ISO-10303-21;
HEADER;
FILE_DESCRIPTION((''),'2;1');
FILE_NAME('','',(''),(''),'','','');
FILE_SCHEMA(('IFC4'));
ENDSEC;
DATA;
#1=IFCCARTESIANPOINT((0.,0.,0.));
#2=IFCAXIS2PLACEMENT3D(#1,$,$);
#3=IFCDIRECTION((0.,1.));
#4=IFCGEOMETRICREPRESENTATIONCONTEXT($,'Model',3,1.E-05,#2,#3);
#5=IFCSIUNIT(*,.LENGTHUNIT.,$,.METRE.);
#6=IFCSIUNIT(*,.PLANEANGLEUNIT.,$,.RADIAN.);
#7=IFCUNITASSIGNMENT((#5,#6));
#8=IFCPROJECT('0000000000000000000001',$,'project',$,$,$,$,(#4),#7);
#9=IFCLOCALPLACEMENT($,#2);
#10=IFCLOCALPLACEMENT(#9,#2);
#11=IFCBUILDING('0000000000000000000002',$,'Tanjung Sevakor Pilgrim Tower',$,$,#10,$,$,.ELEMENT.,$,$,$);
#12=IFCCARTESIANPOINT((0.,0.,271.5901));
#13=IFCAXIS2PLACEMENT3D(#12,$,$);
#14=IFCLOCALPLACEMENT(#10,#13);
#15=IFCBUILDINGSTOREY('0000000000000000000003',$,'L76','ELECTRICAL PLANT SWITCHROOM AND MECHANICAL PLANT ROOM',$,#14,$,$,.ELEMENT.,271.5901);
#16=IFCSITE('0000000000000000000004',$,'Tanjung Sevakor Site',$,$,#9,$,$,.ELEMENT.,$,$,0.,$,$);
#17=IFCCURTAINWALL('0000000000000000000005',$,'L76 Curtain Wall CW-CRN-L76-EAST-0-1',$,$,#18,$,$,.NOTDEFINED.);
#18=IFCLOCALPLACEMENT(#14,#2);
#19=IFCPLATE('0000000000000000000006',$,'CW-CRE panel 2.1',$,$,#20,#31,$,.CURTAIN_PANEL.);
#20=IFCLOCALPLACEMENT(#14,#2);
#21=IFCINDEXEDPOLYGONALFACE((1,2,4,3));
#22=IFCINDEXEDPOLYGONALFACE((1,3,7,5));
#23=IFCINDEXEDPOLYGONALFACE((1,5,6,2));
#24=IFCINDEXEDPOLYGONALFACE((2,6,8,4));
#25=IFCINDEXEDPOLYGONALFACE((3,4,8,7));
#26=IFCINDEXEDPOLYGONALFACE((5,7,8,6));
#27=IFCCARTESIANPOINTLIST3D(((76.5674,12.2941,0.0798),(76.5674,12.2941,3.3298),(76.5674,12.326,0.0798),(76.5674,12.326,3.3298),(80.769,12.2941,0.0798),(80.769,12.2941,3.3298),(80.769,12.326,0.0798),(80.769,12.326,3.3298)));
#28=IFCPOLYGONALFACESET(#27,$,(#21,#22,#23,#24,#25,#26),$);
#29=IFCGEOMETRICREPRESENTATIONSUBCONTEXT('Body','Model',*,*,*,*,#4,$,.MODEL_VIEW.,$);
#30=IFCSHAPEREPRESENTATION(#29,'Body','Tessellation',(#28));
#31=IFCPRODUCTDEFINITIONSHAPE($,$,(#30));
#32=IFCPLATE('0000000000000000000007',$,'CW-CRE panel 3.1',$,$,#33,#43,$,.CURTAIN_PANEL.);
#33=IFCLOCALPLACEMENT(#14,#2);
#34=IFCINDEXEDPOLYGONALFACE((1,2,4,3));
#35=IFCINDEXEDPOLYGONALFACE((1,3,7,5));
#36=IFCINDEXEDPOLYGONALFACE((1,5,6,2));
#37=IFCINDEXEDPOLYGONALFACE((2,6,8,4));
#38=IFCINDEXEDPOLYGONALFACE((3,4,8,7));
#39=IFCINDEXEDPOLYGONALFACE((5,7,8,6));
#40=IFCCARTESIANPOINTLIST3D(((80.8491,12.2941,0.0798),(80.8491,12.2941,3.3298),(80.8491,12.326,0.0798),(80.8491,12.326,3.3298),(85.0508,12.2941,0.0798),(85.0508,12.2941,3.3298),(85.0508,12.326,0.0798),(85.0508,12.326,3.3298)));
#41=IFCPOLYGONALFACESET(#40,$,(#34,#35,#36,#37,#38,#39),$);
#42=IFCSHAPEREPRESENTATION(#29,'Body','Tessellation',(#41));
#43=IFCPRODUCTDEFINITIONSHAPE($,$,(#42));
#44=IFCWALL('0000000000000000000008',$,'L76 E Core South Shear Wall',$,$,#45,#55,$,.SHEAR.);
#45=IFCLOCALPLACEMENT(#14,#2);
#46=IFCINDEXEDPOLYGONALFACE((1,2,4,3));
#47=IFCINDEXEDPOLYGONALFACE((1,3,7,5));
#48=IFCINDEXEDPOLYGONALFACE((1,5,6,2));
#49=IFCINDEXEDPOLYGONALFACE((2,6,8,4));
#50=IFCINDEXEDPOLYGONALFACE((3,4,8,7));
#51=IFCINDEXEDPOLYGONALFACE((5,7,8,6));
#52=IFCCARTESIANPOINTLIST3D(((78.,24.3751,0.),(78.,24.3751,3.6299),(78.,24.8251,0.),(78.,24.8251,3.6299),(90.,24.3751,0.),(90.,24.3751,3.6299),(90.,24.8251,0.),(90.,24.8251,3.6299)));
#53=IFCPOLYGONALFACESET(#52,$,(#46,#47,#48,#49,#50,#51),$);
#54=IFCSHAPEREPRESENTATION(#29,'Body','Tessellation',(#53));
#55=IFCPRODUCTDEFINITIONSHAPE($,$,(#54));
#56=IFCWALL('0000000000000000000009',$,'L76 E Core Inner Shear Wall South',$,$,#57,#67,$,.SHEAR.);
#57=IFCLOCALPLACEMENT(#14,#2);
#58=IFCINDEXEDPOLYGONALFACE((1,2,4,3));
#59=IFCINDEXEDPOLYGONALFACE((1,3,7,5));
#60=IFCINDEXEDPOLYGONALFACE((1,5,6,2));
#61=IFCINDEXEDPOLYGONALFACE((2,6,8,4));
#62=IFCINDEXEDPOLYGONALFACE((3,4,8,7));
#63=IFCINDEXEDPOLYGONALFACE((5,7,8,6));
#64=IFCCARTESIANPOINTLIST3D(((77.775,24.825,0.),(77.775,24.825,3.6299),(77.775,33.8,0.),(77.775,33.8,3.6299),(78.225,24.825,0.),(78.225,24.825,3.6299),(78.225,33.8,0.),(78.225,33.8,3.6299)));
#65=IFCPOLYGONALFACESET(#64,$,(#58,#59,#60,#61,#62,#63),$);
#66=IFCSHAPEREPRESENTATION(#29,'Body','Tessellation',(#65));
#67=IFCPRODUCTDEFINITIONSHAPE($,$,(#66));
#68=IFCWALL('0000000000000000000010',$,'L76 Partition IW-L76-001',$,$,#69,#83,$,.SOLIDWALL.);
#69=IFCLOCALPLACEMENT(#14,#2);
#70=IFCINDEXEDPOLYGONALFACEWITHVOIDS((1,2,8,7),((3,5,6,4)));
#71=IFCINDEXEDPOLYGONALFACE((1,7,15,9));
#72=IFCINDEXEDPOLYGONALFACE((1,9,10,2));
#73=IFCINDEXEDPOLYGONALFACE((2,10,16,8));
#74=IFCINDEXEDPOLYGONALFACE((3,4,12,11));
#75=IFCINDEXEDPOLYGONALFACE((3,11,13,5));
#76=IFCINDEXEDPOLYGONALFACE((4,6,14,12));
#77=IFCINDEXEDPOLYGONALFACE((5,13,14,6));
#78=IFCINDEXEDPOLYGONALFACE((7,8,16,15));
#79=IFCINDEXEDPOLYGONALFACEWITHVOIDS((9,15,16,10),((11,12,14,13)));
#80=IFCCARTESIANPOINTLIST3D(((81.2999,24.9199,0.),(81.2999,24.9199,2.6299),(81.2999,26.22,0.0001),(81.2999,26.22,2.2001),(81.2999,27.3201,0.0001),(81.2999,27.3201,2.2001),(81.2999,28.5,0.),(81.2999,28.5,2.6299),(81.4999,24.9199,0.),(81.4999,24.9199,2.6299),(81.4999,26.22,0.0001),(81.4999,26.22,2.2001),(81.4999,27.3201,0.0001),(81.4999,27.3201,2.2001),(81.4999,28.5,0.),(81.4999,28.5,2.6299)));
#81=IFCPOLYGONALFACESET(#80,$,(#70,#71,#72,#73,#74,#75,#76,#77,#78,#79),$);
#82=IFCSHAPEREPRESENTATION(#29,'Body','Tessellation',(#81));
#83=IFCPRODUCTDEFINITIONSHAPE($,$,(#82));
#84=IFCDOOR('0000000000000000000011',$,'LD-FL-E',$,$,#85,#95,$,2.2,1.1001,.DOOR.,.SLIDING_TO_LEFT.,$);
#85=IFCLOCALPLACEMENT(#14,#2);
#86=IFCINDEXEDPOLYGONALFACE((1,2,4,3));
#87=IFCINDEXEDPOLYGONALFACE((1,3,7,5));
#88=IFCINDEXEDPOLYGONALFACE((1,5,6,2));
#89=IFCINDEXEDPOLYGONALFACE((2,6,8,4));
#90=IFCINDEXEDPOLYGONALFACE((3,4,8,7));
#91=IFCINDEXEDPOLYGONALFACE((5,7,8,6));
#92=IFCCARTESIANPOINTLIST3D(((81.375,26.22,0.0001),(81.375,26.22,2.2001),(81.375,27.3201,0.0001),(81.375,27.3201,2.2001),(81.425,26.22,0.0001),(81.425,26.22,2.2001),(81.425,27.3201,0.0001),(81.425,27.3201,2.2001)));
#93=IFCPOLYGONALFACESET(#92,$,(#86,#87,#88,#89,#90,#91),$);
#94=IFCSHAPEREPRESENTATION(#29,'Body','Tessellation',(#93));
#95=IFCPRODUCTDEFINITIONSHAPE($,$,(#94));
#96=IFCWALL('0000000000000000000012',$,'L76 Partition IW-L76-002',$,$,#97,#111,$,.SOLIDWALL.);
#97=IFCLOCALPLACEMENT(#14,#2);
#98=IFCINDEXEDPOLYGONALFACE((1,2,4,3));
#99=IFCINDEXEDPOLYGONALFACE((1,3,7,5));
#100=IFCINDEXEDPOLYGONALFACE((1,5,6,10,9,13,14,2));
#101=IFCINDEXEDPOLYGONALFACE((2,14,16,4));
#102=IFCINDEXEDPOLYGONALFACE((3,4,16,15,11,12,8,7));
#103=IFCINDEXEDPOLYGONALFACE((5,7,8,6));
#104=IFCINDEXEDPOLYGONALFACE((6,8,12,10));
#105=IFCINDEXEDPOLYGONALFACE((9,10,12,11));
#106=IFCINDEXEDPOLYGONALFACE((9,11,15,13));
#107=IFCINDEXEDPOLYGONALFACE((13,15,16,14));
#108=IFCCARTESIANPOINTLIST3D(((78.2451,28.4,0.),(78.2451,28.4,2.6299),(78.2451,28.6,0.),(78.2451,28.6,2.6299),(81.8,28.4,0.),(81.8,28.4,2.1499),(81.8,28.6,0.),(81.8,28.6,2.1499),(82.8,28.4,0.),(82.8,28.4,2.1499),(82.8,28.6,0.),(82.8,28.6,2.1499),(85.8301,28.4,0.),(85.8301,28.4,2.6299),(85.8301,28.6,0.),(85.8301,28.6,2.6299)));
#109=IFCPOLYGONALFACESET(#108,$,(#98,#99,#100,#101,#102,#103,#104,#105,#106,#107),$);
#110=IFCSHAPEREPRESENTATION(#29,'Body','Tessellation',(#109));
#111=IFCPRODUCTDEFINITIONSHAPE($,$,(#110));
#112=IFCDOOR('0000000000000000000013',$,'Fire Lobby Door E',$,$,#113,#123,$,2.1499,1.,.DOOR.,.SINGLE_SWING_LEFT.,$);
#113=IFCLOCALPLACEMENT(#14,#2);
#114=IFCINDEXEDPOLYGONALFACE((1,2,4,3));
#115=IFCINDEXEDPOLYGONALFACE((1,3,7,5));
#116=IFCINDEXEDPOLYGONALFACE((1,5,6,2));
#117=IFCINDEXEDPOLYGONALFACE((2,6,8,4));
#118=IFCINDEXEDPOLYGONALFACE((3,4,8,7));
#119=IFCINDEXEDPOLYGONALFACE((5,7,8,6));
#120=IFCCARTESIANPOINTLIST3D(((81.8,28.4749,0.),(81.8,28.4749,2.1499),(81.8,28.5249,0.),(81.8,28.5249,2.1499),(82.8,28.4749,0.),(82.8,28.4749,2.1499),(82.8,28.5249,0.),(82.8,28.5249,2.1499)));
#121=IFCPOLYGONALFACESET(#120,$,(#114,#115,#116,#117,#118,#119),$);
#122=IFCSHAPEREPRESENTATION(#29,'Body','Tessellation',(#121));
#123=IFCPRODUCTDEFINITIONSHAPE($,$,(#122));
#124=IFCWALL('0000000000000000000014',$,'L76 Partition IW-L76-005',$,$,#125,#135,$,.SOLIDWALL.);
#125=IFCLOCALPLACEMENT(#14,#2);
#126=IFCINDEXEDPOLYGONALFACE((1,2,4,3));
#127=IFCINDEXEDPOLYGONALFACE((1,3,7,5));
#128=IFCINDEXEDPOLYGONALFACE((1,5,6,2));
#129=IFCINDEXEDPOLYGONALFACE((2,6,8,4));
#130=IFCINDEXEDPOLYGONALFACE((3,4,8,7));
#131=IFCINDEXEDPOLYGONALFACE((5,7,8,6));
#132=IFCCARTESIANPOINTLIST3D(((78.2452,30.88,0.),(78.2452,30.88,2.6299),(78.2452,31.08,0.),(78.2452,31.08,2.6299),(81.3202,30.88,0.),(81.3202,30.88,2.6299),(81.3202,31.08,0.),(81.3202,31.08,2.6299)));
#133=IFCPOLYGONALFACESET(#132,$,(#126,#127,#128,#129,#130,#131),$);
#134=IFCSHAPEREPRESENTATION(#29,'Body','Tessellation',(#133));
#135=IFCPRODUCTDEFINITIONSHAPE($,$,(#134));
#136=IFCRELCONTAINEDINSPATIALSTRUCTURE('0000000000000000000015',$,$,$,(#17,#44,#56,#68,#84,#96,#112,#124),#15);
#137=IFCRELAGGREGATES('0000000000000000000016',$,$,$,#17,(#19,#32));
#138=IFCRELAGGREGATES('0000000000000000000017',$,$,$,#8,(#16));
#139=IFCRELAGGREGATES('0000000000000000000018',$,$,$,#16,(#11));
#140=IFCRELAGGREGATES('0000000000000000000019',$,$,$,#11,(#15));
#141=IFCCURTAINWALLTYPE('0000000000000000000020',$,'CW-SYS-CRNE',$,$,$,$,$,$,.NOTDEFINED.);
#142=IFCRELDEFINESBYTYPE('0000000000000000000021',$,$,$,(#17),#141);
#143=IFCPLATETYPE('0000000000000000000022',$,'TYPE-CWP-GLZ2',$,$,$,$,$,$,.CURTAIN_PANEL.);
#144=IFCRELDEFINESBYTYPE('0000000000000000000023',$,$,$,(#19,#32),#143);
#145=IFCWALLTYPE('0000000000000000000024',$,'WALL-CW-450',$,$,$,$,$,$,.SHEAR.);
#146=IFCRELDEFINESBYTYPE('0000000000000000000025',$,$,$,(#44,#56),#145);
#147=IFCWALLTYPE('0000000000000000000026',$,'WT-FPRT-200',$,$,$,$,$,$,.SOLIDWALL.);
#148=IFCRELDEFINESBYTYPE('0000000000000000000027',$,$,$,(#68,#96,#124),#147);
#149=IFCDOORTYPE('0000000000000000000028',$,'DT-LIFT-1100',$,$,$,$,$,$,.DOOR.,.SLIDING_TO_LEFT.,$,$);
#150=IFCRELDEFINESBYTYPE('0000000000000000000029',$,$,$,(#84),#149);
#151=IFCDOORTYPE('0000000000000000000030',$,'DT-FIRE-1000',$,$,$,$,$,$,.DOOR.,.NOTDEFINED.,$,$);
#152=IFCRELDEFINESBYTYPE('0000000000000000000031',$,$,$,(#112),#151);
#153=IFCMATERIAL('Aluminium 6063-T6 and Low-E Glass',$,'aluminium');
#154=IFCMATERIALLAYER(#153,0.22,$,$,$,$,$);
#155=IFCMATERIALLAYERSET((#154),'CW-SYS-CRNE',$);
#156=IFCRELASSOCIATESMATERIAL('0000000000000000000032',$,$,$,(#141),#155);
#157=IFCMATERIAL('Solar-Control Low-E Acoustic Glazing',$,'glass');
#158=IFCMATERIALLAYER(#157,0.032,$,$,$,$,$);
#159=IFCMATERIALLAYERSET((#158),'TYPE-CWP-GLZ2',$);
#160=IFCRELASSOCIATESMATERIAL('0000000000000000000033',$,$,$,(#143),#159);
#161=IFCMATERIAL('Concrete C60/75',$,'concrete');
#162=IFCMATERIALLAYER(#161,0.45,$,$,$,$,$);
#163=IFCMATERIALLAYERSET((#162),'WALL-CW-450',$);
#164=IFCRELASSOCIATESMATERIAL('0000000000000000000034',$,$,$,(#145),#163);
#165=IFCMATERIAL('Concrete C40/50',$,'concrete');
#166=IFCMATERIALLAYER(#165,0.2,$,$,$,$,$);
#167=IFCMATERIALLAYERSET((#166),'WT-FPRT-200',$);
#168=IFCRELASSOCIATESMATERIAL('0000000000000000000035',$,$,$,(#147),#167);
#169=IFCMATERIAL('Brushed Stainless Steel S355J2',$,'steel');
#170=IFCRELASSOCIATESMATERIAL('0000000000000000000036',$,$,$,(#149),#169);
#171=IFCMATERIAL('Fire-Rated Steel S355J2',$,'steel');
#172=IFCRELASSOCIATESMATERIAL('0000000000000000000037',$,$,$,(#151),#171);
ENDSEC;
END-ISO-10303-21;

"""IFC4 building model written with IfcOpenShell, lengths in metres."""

from ifc_helpers import new_model, si_unit, direction, frame, frame_2d, origin, origin_2d, place, context, subcontext, project, spatial, rectangle, extrude, material, layer, layer_set, type_object, element, fill, aggregate, save


model = new_model("IFC4")

# Units and contexts
model_context = context("Model", 3, precision=1e-05, world=origin(), true_north=direction((0.0, 1.0)))
body_context = subcontext(model_context, "Body", "Model", "MODEL_VIEW")
ifc_project = project(units=[si_unit("LENGTHUNIT", "METRE"), si_unit("PLANEANGLEUNIT", "RADIAN")], contexts=[model_context])

# Site, building, storey
site_placement = place(None, origin())
site = spatial("IfcSite", under=ifc_project, at=site_placement, Name="Tanjung Sevakor Site", CompositionType="ELEMENT", RefElevation=0.0)
building_placement = place(site_placement, origin())
building = spatial("IfcBuilding", under=site, at=building_placement, Name="Tanjung Sevakor Pilgrim Tower", CompositionType="ELEMENT")
storey_placement = place(building_placement, frame((0.0, 0.0, 271.5901)))
storey = spatial("IfcBuildingStorey", under=building, at=storey_placement, Name="L76", Description="ELECTRICAL PLANT SWITCHROOM AND MECHANICAL PLANT ROOM", CompositionType="ELEMENT", Elevation=271.5901)

# Curtain wall, plates
ifc_material_1 = material(Name="Aluminium 6063-T6 and Low-E Glass", Category="aluminium")
ifc_layer_1 = layer(ifc_material_1, 0.22)
ifc_layer_set_1 = layer_set([ifc_layer_1], Name="CW-SYS-CRNE")
curtain_wall_type = type_object("IfcCurtainWallType", Name="CW-SYS-CRNE", PredefinedType="NOTDEFINED", material=ifc_layer_set_1)
curtain_wall_placement = place(storey_placement, origin())
curtain_wall = element("IfcCurtainWall", 1, at=curtain_wall_placement, inside=storey, type_object=curtain_wall_type, Name="L76 Curtain Wall CW-CRN-L76-EAST-0-1", PredefinedType="NOTDEFINED")
ifc_material_2 = material(Name="Solar-Control Low-E Acoustic Glazing", Category="glass")
ifc_layer_2 = layer(ifc_material_2, 0.032)
ifc_layer_set_2 = layer_set([ifc_layer_2], Name="TYPE-CWP-GLZ2")
plate_type = type_object("IfcPlateType", Name="TYPE-CWP-GLZ2", PredefinedType="CURTAIN_PANEL", material=ifc_layer_set_2)
plate_1_placement = place(storey_placement, frame((78.6682, 12.3101, 0.0798), z_axis=(0.0, 0.0, 1.0), x_axis=(1.0, 0.0, 0.0)))
plate_1 = element("IfcPlate", 2, at=plate_1_placement, type_object=plate_type, Name="CW-CRE panel 2.1", PredefinedType="CURTAIN_PANEL", context=body_context, shape_type="SweptSolid", body=[
    extrude(rectangle(XDim=4.2017, YDim=0.032, at=origin_2d()), origin(), (0.0, 0.0, 1.0), 3.25),
])
plate_2_placement = place(storey_placement, frame((82.95, 12.3101, 0.0798), z_axis=(0.0, 0.0, 1.0), x_axis=(1.0, 0.0, 0.0)))
plate_2 = element("IfcPlate", 3, at=plate_2_placement, type_object=plate_type, Name="CW-CRE panel 3.1", PredefinedType="CURTAIN_PANEL", context=body_context, shape_type="SweptSolid", body=[
    extrude(rectangle(XDim=4.2017, YDim=0.032, at=origin_2d()), origin(), (0.0, 0.0, 1.0), 3.25),
])
aggregate(curtain_wall, [plate_1, plate_2])

# Walls
ifc_material_3 = material(Name="Concrete C60/75", Category="concrete")
ifc_layer_3 = layer(ifc_material_3, 0.45)
ifc_layer_set_3 = layer_set([ifc_layer_3], Name="WALL-CW-450")
wall_type_1 = type_object("IfcWallType", Name="WALL-CW-450", PredefinedType="SHEAR", material=ifc_layer_set_3)
wall_1_placement = place(storey_placement, frame((78.0, 24.6001, 0.0), z_axis=(0.0, 0.0, 1.0), x_axis=(1.0, 0.0, 0.0)))
element("IfcWall", 4, at=wall_1_placement, inside=storey, type_object=wall_type_1, Name="L76 E Core South Shear Wall", PredefinedType="SHEAR", context=body_context, shape_type="SweptSolid", body=[
    extrude(rectangle(XDim=12.0, YDim=0.45, at=frame_2d((6.0, 0.0))), origin(), (0.0, 0.0, 1.0), 3.6299),
])
wall_2_placement = place(storey_placement, frame((78.0, 24.825, 0.0), z_axis=(0.0, 0.0, 1.0), x_axis=(0.0, 1.0, 0.0)))
element("IfcWall", 5, at=wall_2_placement, inside=storey, type_object=wall_type_1, Name="L76 E Core Inner Shear Wall South", PredefinedType="SHEAR", context=body_context, shape_type="SweptSolid", body=[
    extrude(rectangle(XDim=8.9751, YDim=0.45, at=frame_2d((4.4875, 0.0))), origin(), (0.0, 0.0, 1.0), 3.6299),
])

# Walls, openings, doors
ifc_material_4 = material(Name="Concrete C40/50", Category="concrete")
ifc_layer_4 = layer(ifc_material_4, 0.2)
ifc_layer_set_4 = layer_set([ifc_layer_4], Name="WT-FPRT-200")
wall_type_2 = type_object("IfcWallType", Name="WT-FPRT-200", PredefinedType="SOLIDWALL", material=ifc_layer_set_4)
wall_3_placement = place(storey_placement, frame((81.3999, 24.9199, 0.0), z_axis=(0.0, 0.0, 1.0), x_axis=(0.0, 1.0, 0.0)))
wall_3 = element("IfcWall", 6, at=wall_3_placement, inside=storey, type_object=wall_type_2, Name="L76 Partition IW-L76-001", PredefinedType="SOLIDWALL", context=body_context, shape_type="SweptSolid", body=[
    extrude(rectangle(XDim=3.5801, YDim=0.2, at=frame_2d((1.79, 0.0))), origin(), (0.0, 0.0, 1.0), 2.6299),
])
opening_1_placement = place(wall_3_placement, frame((1.3, 0.0, 0.0)))
opening_1 = element("IfcOpeningElement", 7, at=opening_1_placement, cuts=wall_3, PredefinedType="OPENING", context=body_context, shape_type="SweptSolid", body=[
    extrude(rectangle(XDim=1.1001, YDim=2.2, at=frame_2d((0.55, 1.1001))), frame((0.0, 0.1099, 0.0), z_axis=(0.0, -1.0, 0.0), x_axis=(1.0, 0.0, 0.0)), (0.0, 0.0, 1.0), 0.22),
])
ifc_material_5 = material(Name="Brushed Stainless Steel S355J2", Category="steel")
door_type_1 = type_object("IfcDoorType", Name="DT-LIFT-1100", OperationType="SLIDING_TO_LEFT", PredefinedType="DOOR", material=ifc_material_5)
door_1_placement = place(opening_1_placement, origin())
door_1 = element("IfcDoor", 8, at=door_1_placement, inside=storey, type_object=door_type_1, Name="LD-FL-E", OperationType="SLIDING_TO_LEFT", OverallHeight=2.2, OverallWidth=1.1001, PredefinedType="DOOR", context=body_context, shape_type="SweptSolid", body=[
    extrude(rectangle(XDim=1.1001, YDim=2.2, at=frame_2d((0.55, 1.1001))), frame((0.0, 0.0249, 0.0), z_axis=(0.0, -1.0, 0.0), x_axis=(1.0, 0.0, 0.0)), (0.0, 0.0, 1.0), 0.05),
])
fill(opening_1, door_1)
wall_4_placement = place(storey_placement, frame((78.2451, 28.5, 0.0), z_axis=(0.0, 0.0, 1.0), x_axis=(1.0, 0.0, 0.0)))
wall_4 = element("IfcWall", 9, at=wall_4_placement, inside=storey, type_object=wall_type_2, Name="L76 Partition IW-L76-002", PredefinedType="SOLIDWALL", context=body_context, shape_type="SweptSolid", body=[
    extrude(rectangle(XDim=7.585, YDim=0.2, at=frame_2d((3.7925, 0.0))), origin(), (0.0, 0.0, 1.0), 2.6299),
])
opening_2_placement = place(wall_4_placement, frame((3.5549, 0.0, 0.0)))
opening_2 = element("IfcOpeningElement", 10, at=opening_2_placement, cuts=wall_4, PredefinedType="OPENING", context=body_context, shape_type="SweptSolid", body=[
    extrude(rectangle(XDim=1.0, YDim=2.1499, at=frame_2d((0.5, 1.075))), frame((0.0, 0.1099, 0.0), z_axis=(0.0, -1.0, 0.0), x_axis=(1.0, 0.0, 0.0)), (0.0, 0.0, 1.0), 0.22),
])
ifc_material_6 = material(Name="Fire-Rated Steel S355J2", Category="steel")
door_type_2 = type_object("IfcDoorType", Name="DT-FIRE-1000", OperationType="NOTDEFINED", PredefinedType="DOOR", material=ifc_material_6)
door_2_placement = place(opening_2_placement, origin())
door_2 = element("IfcDoor", 11, at=door_2_placement, inside=storey, type_object=door_type_2, Name="Fire Lobby Door E", OperationType="SINGLE_SWING_LEFT", OverallHeight=2.1499, OverallWidth=1.0, PredefinedType="DOOR", context=body_context, shape_type="SweptSolid", body=[
    extrude(rectangle(XDim=1.0, YDim=2.1499, at=frame_2d((0.5, 1.075))), frame((0.0, 0.0249, 0.0), z_axis=(0.0, -1.0, 0.0), x_axis=(1.0, 0.0, 0.0)), (0.0, 0.0, 1.0), 0.05),
])
fill(opening_2, door_2)

# Wall
wall_5_placement = place(storey_placement, frame((78.2451, 30.98, 0.0), z_axis=(0.0, 0.0, 1.0), x_axis=(1.0, 0.0, 0.0)))
element("IfcWall", 12, at=wall_5_placement, inside=storey, type_object=wall_type_2, Name="L76 Partition IW-L76-005", PredefinedType="SOLIDWALL", context=body_context, shape_type="SweptSolid", body=[
    extrude(rectangle(XDim=3.075, YDim=0.2, at=frame_2d((1.5376, 0.0))), origin(), (0.0, 0.0, 1.0), 2.6299),
])

save(model, "model.ifc")
